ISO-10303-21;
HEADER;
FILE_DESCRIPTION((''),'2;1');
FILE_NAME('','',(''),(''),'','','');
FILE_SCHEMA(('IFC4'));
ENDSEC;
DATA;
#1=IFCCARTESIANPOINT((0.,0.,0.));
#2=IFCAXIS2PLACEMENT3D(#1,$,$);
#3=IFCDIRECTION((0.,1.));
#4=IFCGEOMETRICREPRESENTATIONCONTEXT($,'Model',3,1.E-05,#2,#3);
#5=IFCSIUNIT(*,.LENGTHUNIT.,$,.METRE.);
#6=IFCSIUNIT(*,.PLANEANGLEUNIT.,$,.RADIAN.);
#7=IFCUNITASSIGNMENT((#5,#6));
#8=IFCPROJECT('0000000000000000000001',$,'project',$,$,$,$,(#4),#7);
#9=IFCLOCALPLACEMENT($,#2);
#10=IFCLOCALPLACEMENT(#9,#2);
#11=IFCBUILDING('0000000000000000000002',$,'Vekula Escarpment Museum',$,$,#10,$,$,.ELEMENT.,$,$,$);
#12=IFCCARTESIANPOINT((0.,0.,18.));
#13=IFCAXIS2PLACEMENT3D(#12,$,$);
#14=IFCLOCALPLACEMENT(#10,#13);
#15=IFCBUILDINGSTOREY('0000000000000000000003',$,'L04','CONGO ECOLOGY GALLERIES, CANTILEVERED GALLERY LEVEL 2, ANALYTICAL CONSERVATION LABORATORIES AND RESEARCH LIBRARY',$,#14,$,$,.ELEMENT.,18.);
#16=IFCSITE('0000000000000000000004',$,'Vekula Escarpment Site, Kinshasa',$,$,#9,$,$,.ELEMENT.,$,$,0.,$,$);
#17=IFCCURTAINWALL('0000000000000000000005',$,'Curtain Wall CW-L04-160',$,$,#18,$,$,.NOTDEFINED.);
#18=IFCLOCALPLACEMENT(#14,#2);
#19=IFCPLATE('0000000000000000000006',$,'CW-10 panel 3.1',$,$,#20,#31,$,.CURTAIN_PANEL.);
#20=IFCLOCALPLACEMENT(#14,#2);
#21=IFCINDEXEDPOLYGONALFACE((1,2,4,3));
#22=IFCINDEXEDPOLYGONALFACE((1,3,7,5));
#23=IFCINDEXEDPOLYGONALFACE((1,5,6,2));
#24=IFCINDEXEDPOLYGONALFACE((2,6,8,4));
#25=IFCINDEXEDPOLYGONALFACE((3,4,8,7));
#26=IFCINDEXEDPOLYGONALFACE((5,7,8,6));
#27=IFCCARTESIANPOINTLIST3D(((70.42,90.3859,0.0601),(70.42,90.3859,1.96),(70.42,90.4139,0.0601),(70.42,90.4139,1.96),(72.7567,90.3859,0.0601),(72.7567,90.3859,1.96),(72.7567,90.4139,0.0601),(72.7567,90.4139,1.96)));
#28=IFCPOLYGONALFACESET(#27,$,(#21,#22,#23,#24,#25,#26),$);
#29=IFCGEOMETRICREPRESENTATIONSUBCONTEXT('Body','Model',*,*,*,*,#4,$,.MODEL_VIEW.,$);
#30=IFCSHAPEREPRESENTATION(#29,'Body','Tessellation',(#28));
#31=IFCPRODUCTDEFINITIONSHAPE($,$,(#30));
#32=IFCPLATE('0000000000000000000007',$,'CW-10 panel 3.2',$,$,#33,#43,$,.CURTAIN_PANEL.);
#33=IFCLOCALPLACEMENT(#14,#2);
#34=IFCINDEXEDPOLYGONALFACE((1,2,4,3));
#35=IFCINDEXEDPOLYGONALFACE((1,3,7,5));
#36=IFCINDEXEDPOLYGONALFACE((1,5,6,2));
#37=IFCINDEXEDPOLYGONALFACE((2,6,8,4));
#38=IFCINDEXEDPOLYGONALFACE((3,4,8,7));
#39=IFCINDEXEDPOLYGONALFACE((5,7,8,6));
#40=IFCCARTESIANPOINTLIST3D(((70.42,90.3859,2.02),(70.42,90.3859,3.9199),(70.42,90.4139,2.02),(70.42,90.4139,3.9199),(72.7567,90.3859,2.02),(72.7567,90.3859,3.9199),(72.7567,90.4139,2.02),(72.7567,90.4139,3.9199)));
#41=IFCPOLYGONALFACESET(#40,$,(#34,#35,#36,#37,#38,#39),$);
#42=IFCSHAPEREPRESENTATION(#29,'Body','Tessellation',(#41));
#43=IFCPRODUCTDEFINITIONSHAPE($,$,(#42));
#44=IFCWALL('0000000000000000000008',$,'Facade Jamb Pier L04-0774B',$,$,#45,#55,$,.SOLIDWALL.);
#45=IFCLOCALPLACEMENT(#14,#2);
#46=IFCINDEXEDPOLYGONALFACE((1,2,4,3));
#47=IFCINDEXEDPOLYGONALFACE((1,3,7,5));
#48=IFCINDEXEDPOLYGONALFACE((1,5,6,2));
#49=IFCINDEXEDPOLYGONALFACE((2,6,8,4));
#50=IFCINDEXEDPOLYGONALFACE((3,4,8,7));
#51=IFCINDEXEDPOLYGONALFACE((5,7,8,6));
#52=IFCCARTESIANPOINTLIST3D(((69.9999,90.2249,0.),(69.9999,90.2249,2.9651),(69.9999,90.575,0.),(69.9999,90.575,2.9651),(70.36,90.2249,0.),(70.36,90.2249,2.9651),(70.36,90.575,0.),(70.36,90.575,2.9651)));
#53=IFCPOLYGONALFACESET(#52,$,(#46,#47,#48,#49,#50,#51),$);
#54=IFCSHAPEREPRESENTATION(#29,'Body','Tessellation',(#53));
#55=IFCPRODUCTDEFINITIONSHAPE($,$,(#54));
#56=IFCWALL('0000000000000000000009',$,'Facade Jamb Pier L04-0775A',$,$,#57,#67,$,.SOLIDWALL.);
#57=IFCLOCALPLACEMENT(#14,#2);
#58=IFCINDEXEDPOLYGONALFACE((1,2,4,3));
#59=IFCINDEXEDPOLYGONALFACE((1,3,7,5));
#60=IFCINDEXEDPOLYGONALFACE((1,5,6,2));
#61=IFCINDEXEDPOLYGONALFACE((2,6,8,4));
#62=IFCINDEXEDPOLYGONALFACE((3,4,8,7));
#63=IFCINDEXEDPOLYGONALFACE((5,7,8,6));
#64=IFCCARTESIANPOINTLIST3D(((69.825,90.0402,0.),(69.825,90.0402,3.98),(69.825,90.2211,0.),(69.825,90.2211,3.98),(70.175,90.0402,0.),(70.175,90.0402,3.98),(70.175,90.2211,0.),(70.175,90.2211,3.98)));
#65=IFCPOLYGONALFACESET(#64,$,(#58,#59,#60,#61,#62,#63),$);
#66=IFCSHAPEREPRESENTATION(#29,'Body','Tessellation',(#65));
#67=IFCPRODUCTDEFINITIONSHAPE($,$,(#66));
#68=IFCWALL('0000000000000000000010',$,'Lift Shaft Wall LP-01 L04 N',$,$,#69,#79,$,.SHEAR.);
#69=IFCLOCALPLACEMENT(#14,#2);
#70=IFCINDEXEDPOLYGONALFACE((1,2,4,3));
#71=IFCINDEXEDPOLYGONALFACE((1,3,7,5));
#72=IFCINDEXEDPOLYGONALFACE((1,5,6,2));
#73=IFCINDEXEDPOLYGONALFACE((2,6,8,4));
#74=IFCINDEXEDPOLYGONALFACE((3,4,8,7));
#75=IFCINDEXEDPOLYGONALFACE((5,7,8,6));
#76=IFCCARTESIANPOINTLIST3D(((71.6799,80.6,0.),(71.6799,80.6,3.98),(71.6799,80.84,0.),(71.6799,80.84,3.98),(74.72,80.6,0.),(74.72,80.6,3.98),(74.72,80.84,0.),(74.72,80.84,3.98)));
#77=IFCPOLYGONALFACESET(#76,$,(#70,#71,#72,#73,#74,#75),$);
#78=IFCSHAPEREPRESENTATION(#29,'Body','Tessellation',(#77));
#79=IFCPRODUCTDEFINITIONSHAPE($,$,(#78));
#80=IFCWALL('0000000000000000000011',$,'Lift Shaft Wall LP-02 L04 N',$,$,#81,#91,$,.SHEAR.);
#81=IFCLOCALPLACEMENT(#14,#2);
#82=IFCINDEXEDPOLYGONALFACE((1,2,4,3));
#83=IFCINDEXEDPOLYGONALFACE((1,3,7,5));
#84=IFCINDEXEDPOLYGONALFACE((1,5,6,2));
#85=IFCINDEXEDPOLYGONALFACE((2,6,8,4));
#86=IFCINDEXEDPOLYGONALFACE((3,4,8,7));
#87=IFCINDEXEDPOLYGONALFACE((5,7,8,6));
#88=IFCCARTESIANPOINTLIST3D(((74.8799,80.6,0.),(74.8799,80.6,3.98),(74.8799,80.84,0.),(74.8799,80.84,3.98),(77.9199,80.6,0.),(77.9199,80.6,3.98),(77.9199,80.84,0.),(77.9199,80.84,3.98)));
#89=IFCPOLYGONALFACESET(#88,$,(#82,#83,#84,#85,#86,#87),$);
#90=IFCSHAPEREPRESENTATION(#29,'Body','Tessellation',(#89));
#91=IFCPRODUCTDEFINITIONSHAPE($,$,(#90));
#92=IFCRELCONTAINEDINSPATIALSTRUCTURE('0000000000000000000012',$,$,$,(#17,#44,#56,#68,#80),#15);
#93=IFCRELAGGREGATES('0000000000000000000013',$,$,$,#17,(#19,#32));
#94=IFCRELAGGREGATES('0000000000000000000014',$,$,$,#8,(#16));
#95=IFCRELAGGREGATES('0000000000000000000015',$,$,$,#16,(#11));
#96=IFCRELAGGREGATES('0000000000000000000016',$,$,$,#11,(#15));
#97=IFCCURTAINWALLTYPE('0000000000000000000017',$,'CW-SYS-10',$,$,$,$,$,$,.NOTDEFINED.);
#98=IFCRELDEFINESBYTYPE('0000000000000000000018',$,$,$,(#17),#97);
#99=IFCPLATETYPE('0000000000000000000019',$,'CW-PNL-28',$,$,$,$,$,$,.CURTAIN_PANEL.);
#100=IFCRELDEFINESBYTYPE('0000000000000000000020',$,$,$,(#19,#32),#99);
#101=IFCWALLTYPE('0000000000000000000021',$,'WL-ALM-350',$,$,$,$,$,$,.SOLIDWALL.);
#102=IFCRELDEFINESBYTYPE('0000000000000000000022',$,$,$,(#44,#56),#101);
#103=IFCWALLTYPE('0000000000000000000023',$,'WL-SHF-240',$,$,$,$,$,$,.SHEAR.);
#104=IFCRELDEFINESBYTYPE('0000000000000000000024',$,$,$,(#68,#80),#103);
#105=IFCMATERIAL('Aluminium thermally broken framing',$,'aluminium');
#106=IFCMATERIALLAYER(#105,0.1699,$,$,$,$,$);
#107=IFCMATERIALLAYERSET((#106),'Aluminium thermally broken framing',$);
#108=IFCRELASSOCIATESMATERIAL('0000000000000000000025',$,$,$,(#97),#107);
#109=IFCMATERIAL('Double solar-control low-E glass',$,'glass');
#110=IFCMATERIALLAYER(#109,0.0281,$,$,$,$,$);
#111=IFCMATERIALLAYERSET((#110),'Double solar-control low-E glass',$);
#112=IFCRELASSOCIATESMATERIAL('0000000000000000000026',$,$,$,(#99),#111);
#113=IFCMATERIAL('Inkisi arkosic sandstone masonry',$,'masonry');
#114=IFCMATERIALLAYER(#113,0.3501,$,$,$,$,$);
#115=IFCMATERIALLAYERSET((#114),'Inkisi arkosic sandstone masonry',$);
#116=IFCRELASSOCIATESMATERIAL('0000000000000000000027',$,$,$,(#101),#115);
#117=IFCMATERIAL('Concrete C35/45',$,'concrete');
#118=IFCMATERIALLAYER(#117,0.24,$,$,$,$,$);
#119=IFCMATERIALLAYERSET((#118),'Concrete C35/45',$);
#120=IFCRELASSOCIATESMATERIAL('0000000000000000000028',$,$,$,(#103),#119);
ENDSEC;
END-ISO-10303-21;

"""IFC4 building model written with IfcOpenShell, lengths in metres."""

from ifc_helpers import new_model, si_unit, direction, frame, frame_2d, origin, origin_2d, place, context, subcontext, project, spatial, rectangle, extrude, material, layer, layer_set, type_object, element, aggregate, save


model = new_model("IFC4")

# Units and contexts
model_context = context("Model", 3, precision=1e-05, world=origin(), true_north=direction((0.0, 1.0)))
body_context = subcontext(model_context, "Body", "Model", "MODEL_VIEW")
ifc_project = project(units=[si_unit("LENGTHUNIT", "METRE"), si_unit("PLANEANGLEUNIT", "RADIAN")], contexts=[model_context])

# Site, building, storey
site_placement = place(None, origin())
site = spatial("IfcSite", under=ifc_project, at=site_placement, Name="Vekula Escarpment Site, Kinshasa", CompositionType="ELEMENT", RefElevation=0.0)
building_placement = place(site_placement, origin())
building = spatial("IfcBuilding", under=site, at=building_placement, Name="Vekula Escarpment Museum", CompositionType="ELEMENT")
storey_placement = place(building_placement, frame((0.0, 0.0, 18.0)))
storey = spatial("IfcBuildingStorey", under=building, at=storey_placement, Name="L04", Description="CONGO ECOLOGY GALLERIES, CANTILEVERED GALLERY LEVEL 2, ANALYTICAL CONSERVATION LABORATORIES AND RESEARCH LIBRARY", CompositionType="ELEMENT", Elevation=18.0)

# Curtain wall
ifc_material_1 = material(Name="Aluminium thermally broken framing", Category="aluminium")
ifc_layer_1 = layer(ifc_material_1, 0.1699)
ifc_layer_set_1 = layer_set([ifc_layer_1], Name="Aluminium thermally broken framing")
curtain_wall_type_1 = type_object("IfcCurtainWallType", Name="CW-SYS-10", PredefinedType="NOTDEFINED", material=ifc_layer_set_1)
curtain_wall_1_placement = place(storey_placement, origin())
curtain_wall_1 = element("IfcCurtainWall", 1, at=curtain_wall_1_placement, inside=storey, type_object=curtain_wall_type_1, Name="Curtain Wall CW-L04-160", PredefinedType="NOTDEFINED")

# Plates
ifc_material_2 = material(Name="Double solar-control low-E glass", Category="glass")
ifc_layer_2 = layer(ifc_material_2, 0.0281)
ifc_layer_set_2 = layer_set([ifc_layer_2], Name="Double solar-control low-E glass")
plate_type = type_object("IfcPlateType", Name="CW-PNL-28", PredefinedType="CURTAIN_PANEL", material=ifc_layer_set_2)
plate_1_placement = place(storey_placement, frame((71.5884, 90.3999, 0.0601), z_axis=(0.0, 0.0, 1.0), x_axis=(-1.0, 0.0, 0.0)))
plate_1 = element("IfcPlate", 2, at=plate_1_placement, type_object=plate_type, Name="CW-10 panel 3.1", PredefinedType="CURTAIN_PANEL", context=body_context, shape_type="SweptSolid", body=[
    extrude(rectangle(XDim=2.3367, YDim=0.0281, at=origin_2d()), origin(), (0.0, 0.0, 1.0), 1.8999),
])
plate_2_placement = place(storey_placement, frame((71.5884, 90.3999, 2.02), z_axis=(0.0, 0.0, 1.0), x_axis=(-1.0, 0.0, 0.0)))
plate_2 = element("IfcPlate", 3, at=plate_2_placement, type_object=plate_type, Name="CW-10 panel 3.2", PredefinedType="CURTAIN_PANEL", context=body_context, shape_type="SweptSolid", body=[
    extrude(rectangle(XDim=2.3367, YDim=0.0281, at=origin_2d()), origin(), (0.0, 0.0, 1.0), 1.8999),
])
aggregate(curtain_wall_1, [plate_1, plate_2])

# Walls
ifc_material_3 = material(Name="Inkisi arkosic sandstone masonry", Category="masonry")
ifc_layer_3 = layer(ifc_material_3, 0.3501)
ifc_layer_set_3 = layer_set([ifc_layer_3], Name="Inkisi arkosic sandstone masonry")
wall_type_1 = type_object("IfcWallType", Name="WL-ALM-350", PredefinedType="SOLIDWALL", material=ifc_layer_set_3)
wall_1_placement = place(storey_placement, frame((70.3601, 90.3999, 0.0), z_axis=(0.0, 0.0, 1.0), x_axis=(-1.0, 0.0, 0.0)))
element("IfcWall", 4, at=wall_1_placement, inside=storey, type_object=wall_type_1, Name="Facade Jamb Pier L04-0774B", PredefinedType="SOLIDWALL", context=body_context, shape_type="SweptSolid", body=[
    extrude(rectangle(XDim=0.3601, YDim=0.3501, at=frame_2d((0.1802, 0.0))), origin(), (0.0, 0.0, 1.0), 2.9651),
])
wall_2_placement = place(storey_placement, frame((70.0, 90.2209, 0.0), z_axis=(0.0, 0.0, 1.0), x_axis=(0.0, -1.0, 0.0)))
element("IfcWall", 5, at=wall_2_placement, inside=storey, type_object=wall_type_1, Name="Facade Jamb Pier L04-0775A", PredefinedType="SOLIDWALL", context=body_context, shape_type="SweptSolid", body=[
    extrude(rectangle(XDim=0.1809, YDim=0.3501, at=frame_2d((0.0903, 0.0))), origin(), (0.0, 0.0, 1.0), 3.98),
])
ifc_material_4 = material(Name="Concrete C35/45", Category="concrete")
ifc_layer_4 = layer(ifc_material_4, 0.24)
ifc_layer_set_4 = layer_set([ifc_layer_4], Name="Concrete C35/45")
wall_type_2 = type_object("IfcWallType", Name="WL-SHF-240", PredefinedType="SHEAR", material=ifc_layer_set_4)
for number, where, z_axis, x_axis, name in (
    (6, (71.6799, 80.72, 0.0), (0.0, 0.0, 1.0), (1.0, 0.0, 0.0), "Lift Shaft Wall LP-01 L04 N"),
    (7, (74.8799, 80.72, 0.0), (0.0, 0.0, 1.0), (1.0, 0.0, 0.0), "Lift Shaft Wall LP-02 L04 N"),
):
    element("IfcWall", number, at=place(storey_placement, frame(where, z_axis=z_axis, x_axis=x_axis)), inside=storey, type_object=wall_type_2, Name=name, PredefinedType="SHEAR", context=body_context, shape_type="SweptSolid", body=[
        extrude(rectangle(XDim=3.04, YDim=0.24, at=frame_2d((1.52, 0.0))), origin(), (0.0, 0.0, 1.0), 3.98),
    ])

save(model, "model.ifc")
